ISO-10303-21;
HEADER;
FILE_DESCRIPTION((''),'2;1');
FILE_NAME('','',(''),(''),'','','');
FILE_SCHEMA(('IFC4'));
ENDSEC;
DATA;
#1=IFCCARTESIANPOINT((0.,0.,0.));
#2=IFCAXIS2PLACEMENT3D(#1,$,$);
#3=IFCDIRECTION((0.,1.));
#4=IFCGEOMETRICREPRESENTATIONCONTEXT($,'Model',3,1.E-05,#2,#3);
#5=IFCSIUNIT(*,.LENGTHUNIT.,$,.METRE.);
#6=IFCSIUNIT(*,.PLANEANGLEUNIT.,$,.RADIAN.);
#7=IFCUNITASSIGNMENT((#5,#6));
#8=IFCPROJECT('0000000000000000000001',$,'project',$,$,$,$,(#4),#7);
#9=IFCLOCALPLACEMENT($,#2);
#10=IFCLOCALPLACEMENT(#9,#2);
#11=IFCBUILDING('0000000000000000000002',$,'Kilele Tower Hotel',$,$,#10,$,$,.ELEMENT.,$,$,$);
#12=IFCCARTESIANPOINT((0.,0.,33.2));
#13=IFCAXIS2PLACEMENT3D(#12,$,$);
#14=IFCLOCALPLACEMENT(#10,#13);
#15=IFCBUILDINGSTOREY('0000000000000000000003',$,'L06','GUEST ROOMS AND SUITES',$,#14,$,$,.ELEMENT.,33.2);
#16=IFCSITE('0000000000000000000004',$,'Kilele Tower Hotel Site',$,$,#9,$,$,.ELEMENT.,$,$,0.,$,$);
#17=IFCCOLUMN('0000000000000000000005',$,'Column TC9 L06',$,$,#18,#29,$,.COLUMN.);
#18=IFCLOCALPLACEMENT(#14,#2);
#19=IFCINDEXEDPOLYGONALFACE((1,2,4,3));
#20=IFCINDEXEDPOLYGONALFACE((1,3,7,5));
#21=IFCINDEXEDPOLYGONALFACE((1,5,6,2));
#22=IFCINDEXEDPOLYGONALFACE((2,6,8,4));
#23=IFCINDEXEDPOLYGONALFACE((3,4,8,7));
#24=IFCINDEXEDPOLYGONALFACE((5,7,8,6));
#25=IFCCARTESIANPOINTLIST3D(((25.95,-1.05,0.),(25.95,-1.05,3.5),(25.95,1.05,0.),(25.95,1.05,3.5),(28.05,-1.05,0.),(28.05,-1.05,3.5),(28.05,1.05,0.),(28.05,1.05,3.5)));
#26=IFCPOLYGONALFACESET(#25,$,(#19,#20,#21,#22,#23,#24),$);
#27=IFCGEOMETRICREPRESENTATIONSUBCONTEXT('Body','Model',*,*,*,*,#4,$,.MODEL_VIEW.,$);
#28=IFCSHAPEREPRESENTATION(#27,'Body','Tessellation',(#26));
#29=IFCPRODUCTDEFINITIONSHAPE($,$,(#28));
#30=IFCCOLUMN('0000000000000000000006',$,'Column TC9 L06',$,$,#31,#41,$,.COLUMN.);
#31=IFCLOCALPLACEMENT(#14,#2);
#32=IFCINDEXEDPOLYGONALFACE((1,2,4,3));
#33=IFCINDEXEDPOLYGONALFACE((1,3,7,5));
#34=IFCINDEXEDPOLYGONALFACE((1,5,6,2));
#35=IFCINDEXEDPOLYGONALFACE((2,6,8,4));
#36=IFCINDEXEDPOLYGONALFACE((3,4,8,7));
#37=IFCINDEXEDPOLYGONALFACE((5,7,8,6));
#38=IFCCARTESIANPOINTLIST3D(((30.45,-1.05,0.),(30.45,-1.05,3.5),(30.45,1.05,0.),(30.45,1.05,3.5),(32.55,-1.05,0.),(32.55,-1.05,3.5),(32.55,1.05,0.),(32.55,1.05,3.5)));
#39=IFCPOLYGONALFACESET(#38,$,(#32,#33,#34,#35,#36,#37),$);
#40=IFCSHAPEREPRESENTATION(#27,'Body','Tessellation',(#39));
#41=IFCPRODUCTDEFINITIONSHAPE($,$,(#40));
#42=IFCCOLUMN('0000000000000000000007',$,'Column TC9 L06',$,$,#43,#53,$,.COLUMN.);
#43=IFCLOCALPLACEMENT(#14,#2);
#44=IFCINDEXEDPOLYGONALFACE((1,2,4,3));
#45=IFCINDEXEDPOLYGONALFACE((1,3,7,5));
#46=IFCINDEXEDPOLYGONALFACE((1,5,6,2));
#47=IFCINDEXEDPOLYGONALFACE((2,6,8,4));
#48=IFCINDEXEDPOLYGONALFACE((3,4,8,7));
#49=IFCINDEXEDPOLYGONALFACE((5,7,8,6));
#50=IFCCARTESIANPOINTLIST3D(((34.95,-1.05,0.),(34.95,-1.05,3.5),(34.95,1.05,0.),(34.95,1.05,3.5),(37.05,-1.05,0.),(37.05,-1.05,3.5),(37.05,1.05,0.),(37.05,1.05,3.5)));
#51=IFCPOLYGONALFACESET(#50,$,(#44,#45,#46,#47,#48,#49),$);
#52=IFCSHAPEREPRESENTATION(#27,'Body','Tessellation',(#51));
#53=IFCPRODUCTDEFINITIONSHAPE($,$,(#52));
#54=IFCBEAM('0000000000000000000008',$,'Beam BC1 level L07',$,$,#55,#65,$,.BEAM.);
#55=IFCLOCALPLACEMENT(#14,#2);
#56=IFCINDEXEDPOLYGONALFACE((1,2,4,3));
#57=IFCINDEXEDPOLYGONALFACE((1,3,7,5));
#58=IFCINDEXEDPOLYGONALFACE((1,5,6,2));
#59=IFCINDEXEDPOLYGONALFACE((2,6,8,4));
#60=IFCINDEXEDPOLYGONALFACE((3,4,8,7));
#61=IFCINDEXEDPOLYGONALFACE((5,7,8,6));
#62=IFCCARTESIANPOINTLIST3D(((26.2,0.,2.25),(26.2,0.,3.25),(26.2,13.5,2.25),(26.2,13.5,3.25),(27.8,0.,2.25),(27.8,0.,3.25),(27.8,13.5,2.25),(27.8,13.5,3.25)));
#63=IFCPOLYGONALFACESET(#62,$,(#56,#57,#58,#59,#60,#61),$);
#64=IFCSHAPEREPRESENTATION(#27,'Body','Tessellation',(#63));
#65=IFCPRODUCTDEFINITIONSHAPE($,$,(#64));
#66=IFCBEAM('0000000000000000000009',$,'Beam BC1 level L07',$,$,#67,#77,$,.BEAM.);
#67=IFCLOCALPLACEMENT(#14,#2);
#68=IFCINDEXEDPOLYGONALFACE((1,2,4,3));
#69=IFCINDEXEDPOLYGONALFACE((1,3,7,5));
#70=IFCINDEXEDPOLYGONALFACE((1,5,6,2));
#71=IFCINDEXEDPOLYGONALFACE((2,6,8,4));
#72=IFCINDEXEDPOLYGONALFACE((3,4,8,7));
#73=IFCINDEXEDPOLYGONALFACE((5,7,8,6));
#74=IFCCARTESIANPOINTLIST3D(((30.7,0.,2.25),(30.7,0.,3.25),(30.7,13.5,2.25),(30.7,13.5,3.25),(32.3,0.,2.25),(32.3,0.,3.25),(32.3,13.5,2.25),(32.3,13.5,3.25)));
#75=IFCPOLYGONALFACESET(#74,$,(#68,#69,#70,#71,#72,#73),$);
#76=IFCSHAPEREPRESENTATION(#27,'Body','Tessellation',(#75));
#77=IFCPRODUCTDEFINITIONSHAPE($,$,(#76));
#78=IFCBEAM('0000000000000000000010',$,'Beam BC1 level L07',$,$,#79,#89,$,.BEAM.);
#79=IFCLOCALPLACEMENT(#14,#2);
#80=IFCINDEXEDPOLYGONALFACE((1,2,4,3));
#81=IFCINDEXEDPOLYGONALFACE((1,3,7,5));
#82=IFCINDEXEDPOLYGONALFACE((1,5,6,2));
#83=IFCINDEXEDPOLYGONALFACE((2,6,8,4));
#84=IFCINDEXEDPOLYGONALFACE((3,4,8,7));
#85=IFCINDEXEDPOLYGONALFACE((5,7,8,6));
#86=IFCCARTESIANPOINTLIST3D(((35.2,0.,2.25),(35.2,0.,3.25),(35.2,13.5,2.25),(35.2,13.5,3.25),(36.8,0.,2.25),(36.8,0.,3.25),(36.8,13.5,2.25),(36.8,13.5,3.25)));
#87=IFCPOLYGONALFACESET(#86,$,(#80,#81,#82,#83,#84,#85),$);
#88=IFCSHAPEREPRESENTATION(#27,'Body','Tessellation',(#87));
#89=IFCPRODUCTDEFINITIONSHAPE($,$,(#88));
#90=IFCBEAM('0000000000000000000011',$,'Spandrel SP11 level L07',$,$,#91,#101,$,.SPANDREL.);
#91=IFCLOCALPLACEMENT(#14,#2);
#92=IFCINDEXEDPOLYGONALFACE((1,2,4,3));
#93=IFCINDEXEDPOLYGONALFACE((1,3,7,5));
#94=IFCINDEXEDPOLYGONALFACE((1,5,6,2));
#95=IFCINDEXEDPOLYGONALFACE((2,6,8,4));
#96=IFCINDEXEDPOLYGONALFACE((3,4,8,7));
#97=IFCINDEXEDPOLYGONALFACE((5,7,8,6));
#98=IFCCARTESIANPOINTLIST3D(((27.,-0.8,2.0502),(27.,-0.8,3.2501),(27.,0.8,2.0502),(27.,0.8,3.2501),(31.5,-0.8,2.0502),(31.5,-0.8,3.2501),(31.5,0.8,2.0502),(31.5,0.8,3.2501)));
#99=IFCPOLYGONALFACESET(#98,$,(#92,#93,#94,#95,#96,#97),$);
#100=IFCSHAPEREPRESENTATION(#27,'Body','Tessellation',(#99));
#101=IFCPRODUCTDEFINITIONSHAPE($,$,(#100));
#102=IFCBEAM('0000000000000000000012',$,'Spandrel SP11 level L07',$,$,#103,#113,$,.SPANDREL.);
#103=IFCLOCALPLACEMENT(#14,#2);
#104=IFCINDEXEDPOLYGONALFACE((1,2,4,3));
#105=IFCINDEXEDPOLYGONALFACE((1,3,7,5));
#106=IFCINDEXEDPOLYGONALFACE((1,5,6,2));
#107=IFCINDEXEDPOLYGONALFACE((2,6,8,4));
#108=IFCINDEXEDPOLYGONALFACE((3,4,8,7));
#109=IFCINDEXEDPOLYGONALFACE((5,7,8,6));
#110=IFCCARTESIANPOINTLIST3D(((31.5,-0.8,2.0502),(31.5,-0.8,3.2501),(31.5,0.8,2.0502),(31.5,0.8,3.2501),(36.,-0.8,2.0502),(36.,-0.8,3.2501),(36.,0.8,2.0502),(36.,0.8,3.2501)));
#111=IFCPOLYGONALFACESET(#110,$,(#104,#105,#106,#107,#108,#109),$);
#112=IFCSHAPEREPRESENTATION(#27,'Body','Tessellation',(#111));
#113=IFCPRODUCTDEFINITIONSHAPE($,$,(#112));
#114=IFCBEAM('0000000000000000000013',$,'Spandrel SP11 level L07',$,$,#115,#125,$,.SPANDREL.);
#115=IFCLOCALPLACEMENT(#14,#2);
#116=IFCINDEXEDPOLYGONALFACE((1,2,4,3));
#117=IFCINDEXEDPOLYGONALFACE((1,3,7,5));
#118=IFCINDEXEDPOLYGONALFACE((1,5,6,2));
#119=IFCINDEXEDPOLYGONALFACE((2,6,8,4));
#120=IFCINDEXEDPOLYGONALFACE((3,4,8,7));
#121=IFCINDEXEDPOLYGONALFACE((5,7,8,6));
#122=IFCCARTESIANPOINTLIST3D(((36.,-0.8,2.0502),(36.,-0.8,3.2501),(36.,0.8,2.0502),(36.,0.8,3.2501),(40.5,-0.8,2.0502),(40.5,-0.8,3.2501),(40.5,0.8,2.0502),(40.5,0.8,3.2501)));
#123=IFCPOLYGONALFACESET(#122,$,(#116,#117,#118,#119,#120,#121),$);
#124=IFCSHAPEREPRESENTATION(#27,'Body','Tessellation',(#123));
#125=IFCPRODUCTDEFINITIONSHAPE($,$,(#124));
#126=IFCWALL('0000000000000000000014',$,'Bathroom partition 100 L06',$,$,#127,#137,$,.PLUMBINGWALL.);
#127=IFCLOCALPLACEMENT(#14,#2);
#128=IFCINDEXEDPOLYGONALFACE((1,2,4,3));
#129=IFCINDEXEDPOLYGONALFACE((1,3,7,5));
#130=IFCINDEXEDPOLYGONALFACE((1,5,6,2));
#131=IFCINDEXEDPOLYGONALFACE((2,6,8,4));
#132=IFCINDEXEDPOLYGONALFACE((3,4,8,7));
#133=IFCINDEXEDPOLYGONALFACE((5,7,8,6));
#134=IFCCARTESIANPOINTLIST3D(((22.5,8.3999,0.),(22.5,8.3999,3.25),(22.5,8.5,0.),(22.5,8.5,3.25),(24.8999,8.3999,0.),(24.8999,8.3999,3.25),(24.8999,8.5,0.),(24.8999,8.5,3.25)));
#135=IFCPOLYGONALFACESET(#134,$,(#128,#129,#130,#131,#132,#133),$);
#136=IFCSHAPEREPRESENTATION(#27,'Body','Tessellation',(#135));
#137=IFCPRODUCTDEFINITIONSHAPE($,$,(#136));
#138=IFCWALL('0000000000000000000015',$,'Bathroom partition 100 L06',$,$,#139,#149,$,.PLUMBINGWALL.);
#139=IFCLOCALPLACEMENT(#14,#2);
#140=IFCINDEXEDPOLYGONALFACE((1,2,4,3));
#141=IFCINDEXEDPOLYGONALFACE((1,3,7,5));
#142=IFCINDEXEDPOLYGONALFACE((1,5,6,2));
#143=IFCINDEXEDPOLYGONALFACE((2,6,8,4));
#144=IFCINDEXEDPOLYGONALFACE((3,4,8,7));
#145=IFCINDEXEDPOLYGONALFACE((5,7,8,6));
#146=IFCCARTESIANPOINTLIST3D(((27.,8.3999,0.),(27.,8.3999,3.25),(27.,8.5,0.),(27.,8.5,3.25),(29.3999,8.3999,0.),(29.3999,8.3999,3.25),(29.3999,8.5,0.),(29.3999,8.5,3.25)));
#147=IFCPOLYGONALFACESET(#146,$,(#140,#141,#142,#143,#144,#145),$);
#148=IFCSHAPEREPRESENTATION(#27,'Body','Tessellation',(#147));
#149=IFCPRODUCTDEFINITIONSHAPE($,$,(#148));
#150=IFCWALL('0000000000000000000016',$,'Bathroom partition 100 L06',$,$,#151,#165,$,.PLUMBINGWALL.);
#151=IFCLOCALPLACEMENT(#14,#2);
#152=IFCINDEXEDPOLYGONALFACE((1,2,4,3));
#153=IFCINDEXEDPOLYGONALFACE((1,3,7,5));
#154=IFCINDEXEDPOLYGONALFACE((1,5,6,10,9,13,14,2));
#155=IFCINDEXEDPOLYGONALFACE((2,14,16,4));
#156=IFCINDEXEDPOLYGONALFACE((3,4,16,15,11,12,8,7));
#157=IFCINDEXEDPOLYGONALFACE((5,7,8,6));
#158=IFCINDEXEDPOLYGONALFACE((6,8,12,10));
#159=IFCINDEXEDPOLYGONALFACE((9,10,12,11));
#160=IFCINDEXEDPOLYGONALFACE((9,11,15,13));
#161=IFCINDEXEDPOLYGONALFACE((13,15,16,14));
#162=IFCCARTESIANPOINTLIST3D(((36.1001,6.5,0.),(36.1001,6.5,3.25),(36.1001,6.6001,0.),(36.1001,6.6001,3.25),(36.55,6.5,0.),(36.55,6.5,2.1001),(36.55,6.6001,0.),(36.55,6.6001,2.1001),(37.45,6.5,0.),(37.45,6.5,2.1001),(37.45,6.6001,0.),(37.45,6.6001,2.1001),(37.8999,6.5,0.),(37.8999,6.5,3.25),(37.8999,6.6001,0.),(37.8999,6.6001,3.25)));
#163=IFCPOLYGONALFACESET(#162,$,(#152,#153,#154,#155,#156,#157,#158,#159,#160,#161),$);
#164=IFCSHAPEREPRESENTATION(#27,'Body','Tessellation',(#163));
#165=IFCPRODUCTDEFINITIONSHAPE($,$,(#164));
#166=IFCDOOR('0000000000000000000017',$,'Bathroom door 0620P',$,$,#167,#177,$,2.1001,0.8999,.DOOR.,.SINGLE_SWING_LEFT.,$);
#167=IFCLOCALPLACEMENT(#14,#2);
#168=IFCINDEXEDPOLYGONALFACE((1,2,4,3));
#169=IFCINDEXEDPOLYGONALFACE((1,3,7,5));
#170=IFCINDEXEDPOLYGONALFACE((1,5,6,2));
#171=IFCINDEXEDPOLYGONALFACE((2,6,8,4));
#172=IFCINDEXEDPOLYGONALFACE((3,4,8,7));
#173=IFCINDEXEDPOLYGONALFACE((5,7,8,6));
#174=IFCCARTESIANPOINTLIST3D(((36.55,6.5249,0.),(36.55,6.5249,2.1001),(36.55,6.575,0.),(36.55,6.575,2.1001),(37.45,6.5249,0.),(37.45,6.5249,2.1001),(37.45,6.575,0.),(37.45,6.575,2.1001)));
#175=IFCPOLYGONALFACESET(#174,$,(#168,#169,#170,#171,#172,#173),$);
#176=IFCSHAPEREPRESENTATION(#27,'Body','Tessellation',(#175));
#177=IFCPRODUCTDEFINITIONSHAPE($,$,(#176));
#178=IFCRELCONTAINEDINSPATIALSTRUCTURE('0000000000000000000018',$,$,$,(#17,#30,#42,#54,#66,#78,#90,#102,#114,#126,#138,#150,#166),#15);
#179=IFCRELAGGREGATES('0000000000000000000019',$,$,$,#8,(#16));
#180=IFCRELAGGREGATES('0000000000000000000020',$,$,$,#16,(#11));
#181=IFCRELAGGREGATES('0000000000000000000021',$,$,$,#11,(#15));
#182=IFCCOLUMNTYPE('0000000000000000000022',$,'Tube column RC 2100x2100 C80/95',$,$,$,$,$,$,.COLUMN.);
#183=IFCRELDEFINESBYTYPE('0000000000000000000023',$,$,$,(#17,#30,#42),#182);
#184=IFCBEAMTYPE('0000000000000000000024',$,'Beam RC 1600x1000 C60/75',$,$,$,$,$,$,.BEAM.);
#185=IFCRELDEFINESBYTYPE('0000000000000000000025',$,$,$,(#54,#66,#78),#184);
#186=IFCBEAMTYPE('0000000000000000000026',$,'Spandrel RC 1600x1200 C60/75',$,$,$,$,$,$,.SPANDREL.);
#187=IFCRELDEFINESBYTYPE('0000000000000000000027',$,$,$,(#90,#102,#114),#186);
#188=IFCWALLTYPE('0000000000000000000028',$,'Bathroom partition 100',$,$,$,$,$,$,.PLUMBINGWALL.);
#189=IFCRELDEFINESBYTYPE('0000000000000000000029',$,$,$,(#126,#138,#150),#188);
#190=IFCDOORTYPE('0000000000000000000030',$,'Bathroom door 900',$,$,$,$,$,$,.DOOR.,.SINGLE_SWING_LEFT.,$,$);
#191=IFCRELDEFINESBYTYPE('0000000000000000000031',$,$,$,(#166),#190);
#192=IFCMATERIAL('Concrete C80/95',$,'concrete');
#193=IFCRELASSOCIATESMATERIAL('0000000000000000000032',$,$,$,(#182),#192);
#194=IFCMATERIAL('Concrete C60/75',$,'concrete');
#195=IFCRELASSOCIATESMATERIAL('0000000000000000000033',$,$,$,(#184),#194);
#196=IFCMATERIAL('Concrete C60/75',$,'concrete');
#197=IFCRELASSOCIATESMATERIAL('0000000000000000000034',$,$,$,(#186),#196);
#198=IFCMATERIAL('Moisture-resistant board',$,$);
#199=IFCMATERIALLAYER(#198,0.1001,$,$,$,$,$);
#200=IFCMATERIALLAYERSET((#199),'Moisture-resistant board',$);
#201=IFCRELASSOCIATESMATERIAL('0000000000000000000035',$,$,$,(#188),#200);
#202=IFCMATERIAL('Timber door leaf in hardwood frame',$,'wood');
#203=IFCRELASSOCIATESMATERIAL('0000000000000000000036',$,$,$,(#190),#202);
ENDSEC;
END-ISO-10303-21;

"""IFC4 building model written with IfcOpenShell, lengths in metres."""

from ifc_helpers import new_model, si_unit, direction, frame, frame_2d, origin, origin_2d, place, context, subcontext, project, spatial, rectangle, extrude, material, layer, layer_set, material_profile, profile_set, type_object, element, fill, save


model = new_model("IFC4")

# Units and contexts
model_context = context("Model", 3, precision=1e-05, world=origin(), true_north=direction((0.0, 1.0)))
body_context = subcontext(model_context, "Body", "Model", "MODEL_VIEW")
ifc_project = project(units=[si_unit("LENGTHUNIT", "METRE"), si_unit("PLANEANGLEUNIT", "RADIAN")], contexts=[model_context])

# Site, building, storey
site_placement = place(None, origin())
site = spatial("IfcSite", under=ifc_project, at=site_placement, Name="Kilele Tower Hotel Site", CompositionType="ELEMENT", RefElevation=0.0)
building_placement = place(site_placement, origin())
building = spatial("IfcBuilding", under=site, at=building_placement, Name="Kilele Tower Hotel", CompositionType="ELEMENT")
storey_placement = place(building_placement, frame((0.0, 0.0, 33.2)))
storey = spatial("IfcBuildingStorey", under=building, at=storey_placement, Name="L06", Description="GUEST ROOMS AND SUITES", CompositionType="ELEMENT", Elevation=33.2)

# Columns
ifc_material_1 = material(Name="Concrete C80/95", Category="concrete")
ifc_material_profile_1 = material_profile(ifc_material_1, rectangle(XDim=2.1001, YDim=2.1001, at=origin_2d()))
ifc_profile_set_1 = profile_set([ifc_material_profile_1], Name="Concrete C80/95")
column_type = type_object("IfcColumnType", Name="Tube column RC 2100x2100 C80/95", PredefinedType="COLUMN", material=ifc_profile_set_1)
for number, where, z_axis, x_axis, name in (
    (1, (27.0, 0.0, 0.0), (0.0, 0.0, 1.0), (1.0, 0.0, 0.0), "Column TC9 L06"),
    (2, (31.5, 0.0, 0.0), (0.0, 0.0, 1.0), (1.0, 0.0, 0.0), "Column TC9 L06"),
    (3, (36.0, 0.0, 0.0), (0.0, 0.0, 1.0), (1.0, 0.0, 0.0), "Column TC9 L06"),
):
    element("IfcColumn", number, at=place(storey_placement, frame(where, z_axis=z_axis, x_axis=x_axis)), inside=storey, type_object=column_type, Name=name, PredefinedType="COLUMN", context=body_context, shape_type="SweptSolid", body=[
        extrude(rectangle(XDim=2.1001, YDim=2.1001, at=origin_2d()), origin(), (0.0, 0.0, 1.0), 3.5),
    ])

# Beams
ifc_material_2 = material(Name="Concrete C60/75", Category="concrete")
ifc_material_profile_2 = material_profile(ifc_material_2, rectangle(XDim=1.6001, YDim=1.0, at=origin_2d()))
ifc_profile_set_2 = profile_set([ifc_material_profile_2], Name="Concrete C60/75")
beam_type_1 = type_object("IfcBeamType", Name="Beam RC 1600x1000 C60/75", PredefinedType="BEAM", material=ifc_profile_set_2)
for number, where, z_axis, x_axis, name in (
    (4, (27.0, 0.0, 2.75), (0.0, 1.0, 0.0), (-1.0, 0.0, 0.0), "Beam BC1 level L07"),
    (5, (31.5, 0.0, 2.75), (0.0, 1.0, 0.0), (-1.0, 0.0, 0.0), "Beam BC1 level L07"),
    (6, (36.0, 0.0, 2.75), (0.0, 1.0, 0.0), (-1.0, 0.0, 0.0), "Beam BC1 level L07"),
):
    element("IfcBeam", number, at=place(storey_placement, frame(where, z_axis=z_axis, x_axis=x_axis)), inside=storey, type_object=beam_type_1, Name=name, PredefinedType="BEAM", context=body_context, shape_type="SweptSolid", body=[
        extrude(rectangle(XDim=1.6001, YDim=1.0, at=origin_2d()), origin(), (0.0, 0.0, 1.0), 13.5),
    ])
ifc_material_3 = material(Name="Concrete C60/75", Category="concrete")
ifc_material_profile_3 = material_profile(ifc_material_3, rectangle(XDim=1.6001, YDim=1.2, at=origin_2d()))
ifc_profile_set_3 = profile_set([ifc_material_profile_3], Name="Concrete C60/75")
beam_type_2 = type_object("IfcBeamType", Name="Spandrel RC 1600x1200 C60/75", PredefinedType="SPANDREL", material=ifc_profile_set_3)
for number, where, z_axis, x_axis, name in (
    (7, (27.0, 0.0, 2.6501), (1.0, 0.0, 0.0), (0.0, 1.0, 0.0), "Spandrel SP11 level L07"),
    (8, (31.5, 0.0, 2.6501), (1.0, 0.0, 0.0), (0.0, 1.0, 0.0), "Spandrel SP11 level L07"),
    (9, (36.0, 0.0, 2.6501), (1.0, 0.0, 0.0), (0.0, 1.0, 0.0), "Spandrel SP11 level L07"),
):
    element("IfcBeam", number, at=place(storey_placement, frame(where, z_axis=z_axis, x_axis=x_axis)), inside=storey, type_object=beam_type_2, Name=name, PredefinedType="SPANDREL", context=body_context, shape_type="SweptSolid", body=[
        extrude(rectangle(XDim=1.6001, YDim=1.2, at=origin_2d()), origin(), (0.0, 0.0, 1.0), 4.5),
    ])

# Walls
ifc_material_4 = material(Name="Moisture-resistant board")
ifc_layer_1 = layer(ifc_material_4, 0.1001)
ifc_layer_set_1 = layer_set([ifc_layer_1], Name="Moisture-resistant board")
wall_type_1 = type_object("IfcWallType", Name="Bathroom partition 100", PredefinedType="PLUMBINGWALL", material=ifc_layer_set_1)
for number, where, z_axis, x_axis, name in (
    (10, (22.5, 8.45, 0.0), (0.0, 0.0, 1.0), (1.0, 0.0, 0.0), "Bathroom partition 100 L06"),
    (11, (27.0, 8.45, 0.0), (0.0, 0.0, 1.0), (1.0, 0.0, 0.0), "Bathroom partition 100 L06"),
):
    element("IfcWall", number, at=place(storey_placement, frame(where, z_axis=z_axis, x_axis=x_axis)), inside=storey, type_object=wall_type_1, Name=name, PredefinedType="PLUMBINGWALL", context=body_context, shape_type="SweptSolid", body=[
        extrude(rectangle(XDim=2.3999, YDim=0.1001, at=frame_2d((1.2, 0.0))), origin(), (0.0, 0.0, 1.0), 3.25),
    ])

# Wall, opening, door
wall_1_placement = place(storey_placement, frame((36.1001, 6.55, 0.0), z_axis=(0.0, 0.0, 1.0), x_axis=(1.0, 0.0, 0.0)))
wall_1 = element("IfcWall", 12, at=wall_1_placement, inside=storey, type_object=wall_type_1, Name="Bathroom partition 100 L06", PredefinedType="PLUMBINGWALL", context=body_context, shape_type="SweptSolid", body=[
    extrude(rectangle(XDim=1.7998, YDim=0.1001, at=frame_2d((0.8999, 0.0))), origin(), (0.0, 0.0, 1.0), 3.25),
])
opening_1_placement = place(wall_1_placement, frame((0.45, 0.0, 0.0)))
opening_1 = element("IfcOpeningElement", 13, at=opening_1_placement, cuts=wall_1, PredefinedType="OPENING", context=body_context, shape_type="SweptSolid", body=[
    extrude(rectangle(XDim=0.8999, YDim=2.1001, at=frame_2d((0.45, 1.05))), frame((0.0, 0.0601, 0.0), z_axis=(0.0, -1.0, 0.0), x_axis=(1.0, 0.0, 0.0)), (0.0, 0.0, 1.0), 0.1201),
])
ifc_material_5 = material(Name="Timber door leaf in hardwood frame", Category="wood")
door_type_1 = type_object("IfcDoorType", Name="Bathroom door 900", OperationType="SINGLE_SWING_LEFT", PredefinedType="DOOR", material=ifc_material_5)
door_1_placement = place(opening_1_placement, origin())
door_1 = element("IfcDoor", 14, at=door_1_placement, inside=storey, type_object=door_type_1, Name="Bathroom door 0620P", OperationType="SINGLE_SWING_LEFT", OverallHeight=2.1001, OverallWidth=0.8999, PredefinedType="DOOR", context=body_context, shape_type="SweptSolid", body=[
    extrude(rectangle(XDim=0.8999, YDim=2.1001, at=frame_2d((0.45, 1.05))), frame((0.0, 0.0249, 0.0), z_axis=(0.0, -1.0, 0.0), x_axis=(1.0, 0.0, 0.0)), (0.0, 0.0, 1.0), 0.05),
])
fill(opening_1, door_1)

save(model, "model.ifc")
